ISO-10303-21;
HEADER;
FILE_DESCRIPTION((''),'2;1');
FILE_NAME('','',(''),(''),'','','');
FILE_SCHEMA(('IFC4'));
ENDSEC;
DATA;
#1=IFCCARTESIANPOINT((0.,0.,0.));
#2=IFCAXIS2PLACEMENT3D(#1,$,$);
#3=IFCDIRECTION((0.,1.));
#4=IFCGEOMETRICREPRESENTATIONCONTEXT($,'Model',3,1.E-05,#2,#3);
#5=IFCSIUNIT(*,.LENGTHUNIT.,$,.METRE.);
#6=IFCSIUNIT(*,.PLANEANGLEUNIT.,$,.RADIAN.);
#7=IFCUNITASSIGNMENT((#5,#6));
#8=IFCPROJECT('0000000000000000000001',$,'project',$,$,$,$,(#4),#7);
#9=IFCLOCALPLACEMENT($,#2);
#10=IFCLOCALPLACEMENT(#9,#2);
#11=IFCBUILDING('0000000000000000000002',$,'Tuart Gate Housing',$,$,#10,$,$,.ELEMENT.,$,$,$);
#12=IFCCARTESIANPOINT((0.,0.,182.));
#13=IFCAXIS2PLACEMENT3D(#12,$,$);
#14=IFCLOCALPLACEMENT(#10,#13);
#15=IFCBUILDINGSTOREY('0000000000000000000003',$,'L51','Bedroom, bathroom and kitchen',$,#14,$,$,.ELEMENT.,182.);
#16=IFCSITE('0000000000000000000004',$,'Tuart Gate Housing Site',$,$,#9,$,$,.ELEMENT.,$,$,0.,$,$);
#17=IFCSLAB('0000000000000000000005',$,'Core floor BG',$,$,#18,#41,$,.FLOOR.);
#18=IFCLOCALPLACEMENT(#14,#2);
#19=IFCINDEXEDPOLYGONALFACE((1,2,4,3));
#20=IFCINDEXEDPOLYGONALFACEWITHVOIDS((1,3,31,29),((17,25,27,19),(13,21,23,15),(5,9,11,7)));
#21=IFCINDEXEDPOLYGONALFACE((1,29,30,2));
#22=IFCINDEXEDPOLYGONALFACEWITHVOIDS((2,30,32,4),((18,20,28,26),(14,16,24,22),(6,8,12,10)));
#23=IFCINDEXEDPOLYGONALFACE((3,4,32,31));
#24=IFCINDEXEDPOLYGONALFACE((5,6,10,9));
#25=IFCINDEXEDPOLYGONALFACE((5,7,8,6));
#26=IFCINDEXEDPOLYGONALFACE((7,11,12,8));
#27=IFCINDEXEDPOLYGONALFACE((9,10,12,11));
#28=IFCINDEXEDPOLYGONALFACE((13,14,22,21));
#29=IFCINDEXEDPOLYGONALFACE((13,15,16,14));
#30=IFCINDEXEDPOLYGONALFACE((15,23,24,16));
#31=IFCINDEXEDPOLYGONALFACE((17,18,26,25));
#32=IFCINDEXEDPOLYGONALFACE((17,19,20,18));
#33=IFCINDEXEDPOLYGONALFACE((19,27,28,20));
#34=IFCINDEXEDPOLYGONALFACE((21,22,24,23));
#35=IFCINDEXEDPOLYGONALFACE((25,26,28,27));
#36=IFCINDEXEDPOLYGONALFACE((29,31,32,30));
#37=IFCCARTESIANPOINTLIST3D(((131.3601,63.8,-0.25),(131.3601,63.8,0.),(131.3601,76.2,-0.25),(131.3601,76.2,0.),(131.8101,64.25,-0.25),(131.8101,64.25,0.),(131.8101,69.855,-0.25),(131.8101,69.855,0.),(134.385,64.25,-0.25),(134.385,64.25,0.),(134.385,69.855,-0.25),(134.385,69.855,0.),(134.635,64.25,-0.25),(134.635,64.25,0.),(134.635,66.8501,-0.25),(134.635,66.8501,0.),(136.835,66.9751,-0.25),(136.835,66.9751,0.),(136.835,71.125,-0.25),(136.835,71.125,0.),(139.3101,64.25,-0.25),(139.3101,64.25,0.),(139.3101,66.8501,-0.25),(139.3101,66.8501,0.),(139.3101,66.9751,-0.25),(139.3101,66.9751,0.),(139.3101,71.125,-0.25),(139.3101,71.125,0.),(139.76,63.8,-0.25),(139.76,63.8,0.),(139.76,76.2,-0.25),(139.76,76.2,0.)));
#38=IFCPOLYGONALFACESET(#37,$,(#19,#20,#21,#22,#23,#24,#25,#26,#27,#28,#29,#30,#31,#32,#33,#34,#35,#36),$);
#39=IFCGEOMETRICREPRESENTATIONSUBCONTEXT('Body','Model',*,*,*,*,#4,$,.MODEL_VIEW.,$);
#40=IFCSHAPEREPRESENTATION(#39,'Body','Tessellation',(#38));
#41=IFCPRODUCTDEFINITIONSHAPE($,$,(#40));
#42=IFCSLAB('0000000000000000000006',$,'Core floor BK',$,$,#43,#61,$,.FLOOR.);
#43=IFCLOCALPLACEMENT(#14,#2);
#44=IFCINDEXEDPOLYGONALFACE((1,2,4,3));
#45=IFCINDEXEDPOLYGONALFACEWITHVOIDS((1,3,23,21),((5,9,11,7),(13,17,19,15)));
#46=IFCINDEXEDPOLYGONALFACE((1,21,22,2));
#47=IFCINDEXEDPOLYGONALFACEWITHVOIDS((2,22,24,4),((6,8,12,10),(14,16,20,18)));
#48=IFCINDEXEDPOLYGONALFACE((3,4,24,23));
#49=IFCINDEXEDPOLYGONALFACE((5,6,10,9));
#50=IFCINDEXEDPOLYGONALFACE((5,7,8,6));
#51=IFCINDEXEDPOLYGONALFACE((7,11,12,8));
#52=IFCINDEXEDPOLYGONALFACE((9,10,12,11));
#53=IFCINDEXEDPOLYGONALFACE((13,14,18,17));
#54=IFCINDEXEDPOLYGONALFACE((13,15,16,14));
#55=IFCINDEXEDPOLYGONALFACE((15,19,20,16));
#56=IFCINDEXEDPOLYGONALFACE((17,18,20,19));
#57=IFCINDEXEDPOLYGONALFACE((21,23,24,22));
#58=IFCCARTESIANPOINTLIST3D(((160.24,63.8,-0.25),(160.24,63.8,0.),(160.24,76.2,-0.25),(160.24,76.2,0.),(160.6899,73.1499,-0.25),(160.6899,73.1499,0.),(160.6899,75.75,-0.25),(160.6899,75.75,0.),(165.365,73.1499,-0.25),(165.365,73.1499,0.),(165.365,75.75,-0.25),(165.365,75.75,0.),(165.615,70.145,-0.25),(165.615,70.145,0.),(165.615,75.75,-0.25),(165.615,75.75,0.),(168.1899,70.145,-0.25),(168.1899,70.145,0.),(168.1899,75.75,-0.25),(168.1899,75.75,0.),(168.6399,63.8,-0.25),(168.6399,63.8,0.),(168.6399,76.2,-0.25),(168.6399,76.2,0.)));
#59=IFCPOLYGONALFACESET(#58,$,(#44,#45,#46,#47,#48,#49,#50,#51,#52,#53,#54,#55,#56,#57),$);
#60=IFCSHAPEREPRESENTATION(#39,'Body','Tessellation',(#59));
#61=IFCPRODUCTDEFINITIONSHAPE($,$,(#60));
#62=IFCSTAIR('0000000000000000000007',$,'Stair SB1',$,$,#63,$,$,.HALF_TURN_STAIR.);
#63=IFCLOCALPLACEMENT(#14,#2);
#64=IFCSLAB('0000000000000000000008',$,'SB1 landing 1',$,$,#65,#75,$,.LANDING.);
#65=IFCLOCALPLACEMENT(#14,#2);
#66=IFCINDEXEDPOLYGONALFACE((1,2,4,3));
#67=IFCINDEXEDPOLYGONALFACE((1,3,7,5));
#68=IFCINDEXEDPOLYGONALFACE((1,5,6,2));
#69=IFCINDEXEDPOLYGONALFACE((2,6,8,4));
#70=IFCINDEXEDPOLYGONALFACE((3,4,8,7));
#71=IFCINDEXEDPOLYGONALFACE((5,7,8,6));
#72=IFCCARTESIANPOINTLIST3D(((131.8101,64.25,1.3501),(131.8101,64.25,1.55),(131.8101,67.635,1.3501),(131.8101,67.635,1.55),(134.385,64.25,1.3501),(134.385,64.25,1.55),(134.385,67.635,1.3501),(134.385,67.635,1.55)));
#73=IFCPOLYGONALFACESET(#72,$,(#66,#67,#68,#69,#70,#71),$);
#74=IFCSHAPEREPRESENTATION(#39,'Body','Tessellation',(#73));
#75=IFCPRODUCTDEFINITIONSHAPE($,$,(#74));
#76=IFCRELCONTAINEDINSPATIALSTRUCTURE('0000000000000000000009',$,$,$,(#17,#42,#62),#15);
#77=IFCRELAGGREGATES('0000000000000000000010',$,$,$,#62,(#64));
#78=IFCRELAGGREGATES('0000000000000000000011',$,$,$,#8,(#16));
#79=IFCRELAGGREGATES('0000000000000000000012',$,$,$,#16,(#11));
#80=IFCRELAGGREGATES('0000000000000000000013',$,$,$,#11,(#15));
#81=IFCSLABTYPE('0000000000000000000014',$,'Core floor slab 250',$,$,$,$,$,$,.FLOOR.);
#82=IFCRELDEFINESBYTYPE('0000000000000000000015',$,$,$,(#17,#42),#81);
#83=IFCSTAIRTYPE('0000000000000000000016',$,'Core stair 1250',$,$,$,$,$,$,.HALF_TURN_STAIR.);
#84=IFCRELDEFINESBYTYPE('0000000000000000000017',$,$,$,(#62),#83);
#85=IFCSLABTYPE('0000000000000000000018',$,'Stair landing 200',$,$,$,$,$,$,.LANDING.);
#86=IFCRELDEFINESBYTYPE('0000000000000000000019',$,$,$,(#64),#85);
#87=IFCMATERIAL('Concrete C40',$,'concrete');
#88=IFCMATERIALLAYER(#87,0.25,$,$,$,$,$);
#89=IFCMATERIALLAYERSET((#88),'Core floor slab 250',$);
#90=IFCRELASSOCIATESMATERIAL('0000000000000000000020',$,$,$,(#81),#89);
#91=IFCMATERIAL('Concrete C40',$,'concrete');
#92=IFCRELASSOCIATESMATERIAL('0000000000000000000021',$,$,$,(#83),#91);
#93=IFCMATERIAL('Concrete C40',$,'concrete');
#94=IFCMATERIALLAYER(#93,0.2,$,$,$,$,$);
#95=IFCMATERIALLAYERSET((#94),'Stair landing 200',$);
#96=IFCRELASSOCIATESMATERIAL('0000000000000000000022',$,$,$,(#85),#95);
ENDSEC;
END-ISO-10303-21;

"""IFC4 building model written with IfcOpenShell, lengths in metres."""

from ifc_helpers import new_model, si_unit, direction, frame, origin, place, context, subcontext, project, spatial, polyline, outline, extrude, material, layer, layer_set, type_object, element, aggregate, save


model = new_model("IFC4")

# Units and contexts
model_context = context("Model", 3, precision=1e-05, world=origin(), true_north=direction((0.0, 1.0)))
body_context = subcontext(model_context, "Body", "Model", "MODEL_VIEW")
ifc_project = project(units=[si_unit("LENGTHUNIT", "METRE"), si_unit("PLANEANGLEUNIT", "RADIAN")], contexts=[model_context])

# Site, building, storey
site_placement = place(None, origin())
site = spatial("IfcSite", under=ifc_project, at=site_placement, Name="Tuart Gate Housing Site", CompositionType="ELEMENT", RefElevation=0.0)
building_placement = place(site_placement, origin())
building = spatial("IfcBuilding", under=site, at=building_placement, Name="Tuart Gate Housing", CompositionType="ELEMENT")
storey_placement = place(building_placement, frame((0.0, 0.0, 182.0)))
storey = spatial("IfcBuildingStorey", under=building, at=storey_placement, Name="L51", Description="Bedroom, bathroom and kitchen", CompositionType="ELEMENT", Elevation=182.0)

# Slabs
ifc_material_1 = material(Name="Concrete C40", Category="concrete")
ifc_layer_1 = layer(ifc_material_1, 0.25)
ifc_layer_set_1 = layer_set([ifc_layer_1], Name="Core floor slab 250")
slab_type_1 = type_object("IfcSlabType", Name="Core floor slab 250", PredefinedType="FLOOR", material=ifc_layer_set_1)
slab_1_placement = place(storey_placement, frame((0.0, 0.0, -0.25)))
element("IfcSlab", 1, at=slab_1_placement, inside=storey, type_object=slab_type_1, Name="Core floor BG", PredefinedType="FLOOR", context=body_context, shape_type="SweptSolid", body=[
    extrude(outline(polyline([(131.3601, 63.8), (139.76, 63.8), (139.76, 76.2), (131.3601, 76.2), (131.3601, 63.8)]), holes=[polyline([(139.3101, 66.8501), (134.635, 66.8501), (134.635, 64.25), (139.3101, 64.25), (139.3101, 66.8501)]), polyline([(139.3101, 71.125), (136.835, 71.125), (136.835, 66.9751), (139.3101, 66.9751), (139.3101, 71.125)]), polyline([(134.385, 69.855), (131.8101, 69.855), (131.8101, 64.25), (134.385, 64.25), (134.385, 69.855)])]), origin(), (0.0, 0.0, 1.0), 0.25),
])
slab_2_placement = place(storey_placement, frame((0.0, 0.0, -0.25)))
element("IfcSlab", 2, at=slab_2_placement, inside=storey, type_object=slab_type_1, Name="Core floor BK", PredefinedType="FLOOR", context=body_context, shape_type="SweptSolid", body=[
    extrude(outline(polyline([(160.24, 63.8), (168.6399, 63.8), (168.6399, 76.2), (160.24, 76.2), (160.24, 63.8)]), holes=[polyline([(160.6899, 73.1499), (165.365, 73.1499), (165.365, 75.75), (160.6899, 75.75), (160.6899, 73.1499)]), polyline([(165.615, 70.145), (168.1899, 70.145), (168.1899, 75.75), (165.615, 75.75), (165.615, 70.145)])]), origin(), (0.0, 0.0, 1.0), 0.25),
])

# Stair, slab
ifc_material_2 = material(Name="Concrete C40", Category="concrete")
stair_type = type_object("IfcStairType", Name="Core stair 1250", PredefinedType="HALF_TURN_STAIR", material=ifc_material_2)
stair_placement = place(storey_placement, origin())
stair = element("IfcStair", 3, at=stair_placement, inside=storey, type_object=stair_type, Name="Stair SB1", PredefinedType="HALF_TURN_STAIR")
ifc_material_3 = material(Name="Concrete C40", Category="concrete")
ifc_layer_2 = layer(ifc_material_3, 0.2)
ifc_layer_set_2 = layer_set([ifc_layer_2], Name="Stair landing 200")
slab_type_2 = type_object("IfcSlabType", Name="Stair landing 200", PredefinedType="LANDING", material=ifc_layer_set_2)
slab_3_placement = place(storey_placement, frame((0.0, 0.0, 1.3501)))
slab_3 = element("IfcSlab", 4, at=slab_3_placement, type_object=slab_type_2, Name="SB1 landing 1", PredefinedType="LANDING", context=body_context, shape_type="SweptSolid", body=[
    extrude(outline(polyline([(134.385, 67.635), (131.8101, 67.635), (131.8101, 64.25), (134.385, 64.25), (134.385, 67.635)])), origin(), (0.0, 0.0, 1.0), 0.2),
])
aggregate(stair, [slab_3])

save(model, "model.ifc")
